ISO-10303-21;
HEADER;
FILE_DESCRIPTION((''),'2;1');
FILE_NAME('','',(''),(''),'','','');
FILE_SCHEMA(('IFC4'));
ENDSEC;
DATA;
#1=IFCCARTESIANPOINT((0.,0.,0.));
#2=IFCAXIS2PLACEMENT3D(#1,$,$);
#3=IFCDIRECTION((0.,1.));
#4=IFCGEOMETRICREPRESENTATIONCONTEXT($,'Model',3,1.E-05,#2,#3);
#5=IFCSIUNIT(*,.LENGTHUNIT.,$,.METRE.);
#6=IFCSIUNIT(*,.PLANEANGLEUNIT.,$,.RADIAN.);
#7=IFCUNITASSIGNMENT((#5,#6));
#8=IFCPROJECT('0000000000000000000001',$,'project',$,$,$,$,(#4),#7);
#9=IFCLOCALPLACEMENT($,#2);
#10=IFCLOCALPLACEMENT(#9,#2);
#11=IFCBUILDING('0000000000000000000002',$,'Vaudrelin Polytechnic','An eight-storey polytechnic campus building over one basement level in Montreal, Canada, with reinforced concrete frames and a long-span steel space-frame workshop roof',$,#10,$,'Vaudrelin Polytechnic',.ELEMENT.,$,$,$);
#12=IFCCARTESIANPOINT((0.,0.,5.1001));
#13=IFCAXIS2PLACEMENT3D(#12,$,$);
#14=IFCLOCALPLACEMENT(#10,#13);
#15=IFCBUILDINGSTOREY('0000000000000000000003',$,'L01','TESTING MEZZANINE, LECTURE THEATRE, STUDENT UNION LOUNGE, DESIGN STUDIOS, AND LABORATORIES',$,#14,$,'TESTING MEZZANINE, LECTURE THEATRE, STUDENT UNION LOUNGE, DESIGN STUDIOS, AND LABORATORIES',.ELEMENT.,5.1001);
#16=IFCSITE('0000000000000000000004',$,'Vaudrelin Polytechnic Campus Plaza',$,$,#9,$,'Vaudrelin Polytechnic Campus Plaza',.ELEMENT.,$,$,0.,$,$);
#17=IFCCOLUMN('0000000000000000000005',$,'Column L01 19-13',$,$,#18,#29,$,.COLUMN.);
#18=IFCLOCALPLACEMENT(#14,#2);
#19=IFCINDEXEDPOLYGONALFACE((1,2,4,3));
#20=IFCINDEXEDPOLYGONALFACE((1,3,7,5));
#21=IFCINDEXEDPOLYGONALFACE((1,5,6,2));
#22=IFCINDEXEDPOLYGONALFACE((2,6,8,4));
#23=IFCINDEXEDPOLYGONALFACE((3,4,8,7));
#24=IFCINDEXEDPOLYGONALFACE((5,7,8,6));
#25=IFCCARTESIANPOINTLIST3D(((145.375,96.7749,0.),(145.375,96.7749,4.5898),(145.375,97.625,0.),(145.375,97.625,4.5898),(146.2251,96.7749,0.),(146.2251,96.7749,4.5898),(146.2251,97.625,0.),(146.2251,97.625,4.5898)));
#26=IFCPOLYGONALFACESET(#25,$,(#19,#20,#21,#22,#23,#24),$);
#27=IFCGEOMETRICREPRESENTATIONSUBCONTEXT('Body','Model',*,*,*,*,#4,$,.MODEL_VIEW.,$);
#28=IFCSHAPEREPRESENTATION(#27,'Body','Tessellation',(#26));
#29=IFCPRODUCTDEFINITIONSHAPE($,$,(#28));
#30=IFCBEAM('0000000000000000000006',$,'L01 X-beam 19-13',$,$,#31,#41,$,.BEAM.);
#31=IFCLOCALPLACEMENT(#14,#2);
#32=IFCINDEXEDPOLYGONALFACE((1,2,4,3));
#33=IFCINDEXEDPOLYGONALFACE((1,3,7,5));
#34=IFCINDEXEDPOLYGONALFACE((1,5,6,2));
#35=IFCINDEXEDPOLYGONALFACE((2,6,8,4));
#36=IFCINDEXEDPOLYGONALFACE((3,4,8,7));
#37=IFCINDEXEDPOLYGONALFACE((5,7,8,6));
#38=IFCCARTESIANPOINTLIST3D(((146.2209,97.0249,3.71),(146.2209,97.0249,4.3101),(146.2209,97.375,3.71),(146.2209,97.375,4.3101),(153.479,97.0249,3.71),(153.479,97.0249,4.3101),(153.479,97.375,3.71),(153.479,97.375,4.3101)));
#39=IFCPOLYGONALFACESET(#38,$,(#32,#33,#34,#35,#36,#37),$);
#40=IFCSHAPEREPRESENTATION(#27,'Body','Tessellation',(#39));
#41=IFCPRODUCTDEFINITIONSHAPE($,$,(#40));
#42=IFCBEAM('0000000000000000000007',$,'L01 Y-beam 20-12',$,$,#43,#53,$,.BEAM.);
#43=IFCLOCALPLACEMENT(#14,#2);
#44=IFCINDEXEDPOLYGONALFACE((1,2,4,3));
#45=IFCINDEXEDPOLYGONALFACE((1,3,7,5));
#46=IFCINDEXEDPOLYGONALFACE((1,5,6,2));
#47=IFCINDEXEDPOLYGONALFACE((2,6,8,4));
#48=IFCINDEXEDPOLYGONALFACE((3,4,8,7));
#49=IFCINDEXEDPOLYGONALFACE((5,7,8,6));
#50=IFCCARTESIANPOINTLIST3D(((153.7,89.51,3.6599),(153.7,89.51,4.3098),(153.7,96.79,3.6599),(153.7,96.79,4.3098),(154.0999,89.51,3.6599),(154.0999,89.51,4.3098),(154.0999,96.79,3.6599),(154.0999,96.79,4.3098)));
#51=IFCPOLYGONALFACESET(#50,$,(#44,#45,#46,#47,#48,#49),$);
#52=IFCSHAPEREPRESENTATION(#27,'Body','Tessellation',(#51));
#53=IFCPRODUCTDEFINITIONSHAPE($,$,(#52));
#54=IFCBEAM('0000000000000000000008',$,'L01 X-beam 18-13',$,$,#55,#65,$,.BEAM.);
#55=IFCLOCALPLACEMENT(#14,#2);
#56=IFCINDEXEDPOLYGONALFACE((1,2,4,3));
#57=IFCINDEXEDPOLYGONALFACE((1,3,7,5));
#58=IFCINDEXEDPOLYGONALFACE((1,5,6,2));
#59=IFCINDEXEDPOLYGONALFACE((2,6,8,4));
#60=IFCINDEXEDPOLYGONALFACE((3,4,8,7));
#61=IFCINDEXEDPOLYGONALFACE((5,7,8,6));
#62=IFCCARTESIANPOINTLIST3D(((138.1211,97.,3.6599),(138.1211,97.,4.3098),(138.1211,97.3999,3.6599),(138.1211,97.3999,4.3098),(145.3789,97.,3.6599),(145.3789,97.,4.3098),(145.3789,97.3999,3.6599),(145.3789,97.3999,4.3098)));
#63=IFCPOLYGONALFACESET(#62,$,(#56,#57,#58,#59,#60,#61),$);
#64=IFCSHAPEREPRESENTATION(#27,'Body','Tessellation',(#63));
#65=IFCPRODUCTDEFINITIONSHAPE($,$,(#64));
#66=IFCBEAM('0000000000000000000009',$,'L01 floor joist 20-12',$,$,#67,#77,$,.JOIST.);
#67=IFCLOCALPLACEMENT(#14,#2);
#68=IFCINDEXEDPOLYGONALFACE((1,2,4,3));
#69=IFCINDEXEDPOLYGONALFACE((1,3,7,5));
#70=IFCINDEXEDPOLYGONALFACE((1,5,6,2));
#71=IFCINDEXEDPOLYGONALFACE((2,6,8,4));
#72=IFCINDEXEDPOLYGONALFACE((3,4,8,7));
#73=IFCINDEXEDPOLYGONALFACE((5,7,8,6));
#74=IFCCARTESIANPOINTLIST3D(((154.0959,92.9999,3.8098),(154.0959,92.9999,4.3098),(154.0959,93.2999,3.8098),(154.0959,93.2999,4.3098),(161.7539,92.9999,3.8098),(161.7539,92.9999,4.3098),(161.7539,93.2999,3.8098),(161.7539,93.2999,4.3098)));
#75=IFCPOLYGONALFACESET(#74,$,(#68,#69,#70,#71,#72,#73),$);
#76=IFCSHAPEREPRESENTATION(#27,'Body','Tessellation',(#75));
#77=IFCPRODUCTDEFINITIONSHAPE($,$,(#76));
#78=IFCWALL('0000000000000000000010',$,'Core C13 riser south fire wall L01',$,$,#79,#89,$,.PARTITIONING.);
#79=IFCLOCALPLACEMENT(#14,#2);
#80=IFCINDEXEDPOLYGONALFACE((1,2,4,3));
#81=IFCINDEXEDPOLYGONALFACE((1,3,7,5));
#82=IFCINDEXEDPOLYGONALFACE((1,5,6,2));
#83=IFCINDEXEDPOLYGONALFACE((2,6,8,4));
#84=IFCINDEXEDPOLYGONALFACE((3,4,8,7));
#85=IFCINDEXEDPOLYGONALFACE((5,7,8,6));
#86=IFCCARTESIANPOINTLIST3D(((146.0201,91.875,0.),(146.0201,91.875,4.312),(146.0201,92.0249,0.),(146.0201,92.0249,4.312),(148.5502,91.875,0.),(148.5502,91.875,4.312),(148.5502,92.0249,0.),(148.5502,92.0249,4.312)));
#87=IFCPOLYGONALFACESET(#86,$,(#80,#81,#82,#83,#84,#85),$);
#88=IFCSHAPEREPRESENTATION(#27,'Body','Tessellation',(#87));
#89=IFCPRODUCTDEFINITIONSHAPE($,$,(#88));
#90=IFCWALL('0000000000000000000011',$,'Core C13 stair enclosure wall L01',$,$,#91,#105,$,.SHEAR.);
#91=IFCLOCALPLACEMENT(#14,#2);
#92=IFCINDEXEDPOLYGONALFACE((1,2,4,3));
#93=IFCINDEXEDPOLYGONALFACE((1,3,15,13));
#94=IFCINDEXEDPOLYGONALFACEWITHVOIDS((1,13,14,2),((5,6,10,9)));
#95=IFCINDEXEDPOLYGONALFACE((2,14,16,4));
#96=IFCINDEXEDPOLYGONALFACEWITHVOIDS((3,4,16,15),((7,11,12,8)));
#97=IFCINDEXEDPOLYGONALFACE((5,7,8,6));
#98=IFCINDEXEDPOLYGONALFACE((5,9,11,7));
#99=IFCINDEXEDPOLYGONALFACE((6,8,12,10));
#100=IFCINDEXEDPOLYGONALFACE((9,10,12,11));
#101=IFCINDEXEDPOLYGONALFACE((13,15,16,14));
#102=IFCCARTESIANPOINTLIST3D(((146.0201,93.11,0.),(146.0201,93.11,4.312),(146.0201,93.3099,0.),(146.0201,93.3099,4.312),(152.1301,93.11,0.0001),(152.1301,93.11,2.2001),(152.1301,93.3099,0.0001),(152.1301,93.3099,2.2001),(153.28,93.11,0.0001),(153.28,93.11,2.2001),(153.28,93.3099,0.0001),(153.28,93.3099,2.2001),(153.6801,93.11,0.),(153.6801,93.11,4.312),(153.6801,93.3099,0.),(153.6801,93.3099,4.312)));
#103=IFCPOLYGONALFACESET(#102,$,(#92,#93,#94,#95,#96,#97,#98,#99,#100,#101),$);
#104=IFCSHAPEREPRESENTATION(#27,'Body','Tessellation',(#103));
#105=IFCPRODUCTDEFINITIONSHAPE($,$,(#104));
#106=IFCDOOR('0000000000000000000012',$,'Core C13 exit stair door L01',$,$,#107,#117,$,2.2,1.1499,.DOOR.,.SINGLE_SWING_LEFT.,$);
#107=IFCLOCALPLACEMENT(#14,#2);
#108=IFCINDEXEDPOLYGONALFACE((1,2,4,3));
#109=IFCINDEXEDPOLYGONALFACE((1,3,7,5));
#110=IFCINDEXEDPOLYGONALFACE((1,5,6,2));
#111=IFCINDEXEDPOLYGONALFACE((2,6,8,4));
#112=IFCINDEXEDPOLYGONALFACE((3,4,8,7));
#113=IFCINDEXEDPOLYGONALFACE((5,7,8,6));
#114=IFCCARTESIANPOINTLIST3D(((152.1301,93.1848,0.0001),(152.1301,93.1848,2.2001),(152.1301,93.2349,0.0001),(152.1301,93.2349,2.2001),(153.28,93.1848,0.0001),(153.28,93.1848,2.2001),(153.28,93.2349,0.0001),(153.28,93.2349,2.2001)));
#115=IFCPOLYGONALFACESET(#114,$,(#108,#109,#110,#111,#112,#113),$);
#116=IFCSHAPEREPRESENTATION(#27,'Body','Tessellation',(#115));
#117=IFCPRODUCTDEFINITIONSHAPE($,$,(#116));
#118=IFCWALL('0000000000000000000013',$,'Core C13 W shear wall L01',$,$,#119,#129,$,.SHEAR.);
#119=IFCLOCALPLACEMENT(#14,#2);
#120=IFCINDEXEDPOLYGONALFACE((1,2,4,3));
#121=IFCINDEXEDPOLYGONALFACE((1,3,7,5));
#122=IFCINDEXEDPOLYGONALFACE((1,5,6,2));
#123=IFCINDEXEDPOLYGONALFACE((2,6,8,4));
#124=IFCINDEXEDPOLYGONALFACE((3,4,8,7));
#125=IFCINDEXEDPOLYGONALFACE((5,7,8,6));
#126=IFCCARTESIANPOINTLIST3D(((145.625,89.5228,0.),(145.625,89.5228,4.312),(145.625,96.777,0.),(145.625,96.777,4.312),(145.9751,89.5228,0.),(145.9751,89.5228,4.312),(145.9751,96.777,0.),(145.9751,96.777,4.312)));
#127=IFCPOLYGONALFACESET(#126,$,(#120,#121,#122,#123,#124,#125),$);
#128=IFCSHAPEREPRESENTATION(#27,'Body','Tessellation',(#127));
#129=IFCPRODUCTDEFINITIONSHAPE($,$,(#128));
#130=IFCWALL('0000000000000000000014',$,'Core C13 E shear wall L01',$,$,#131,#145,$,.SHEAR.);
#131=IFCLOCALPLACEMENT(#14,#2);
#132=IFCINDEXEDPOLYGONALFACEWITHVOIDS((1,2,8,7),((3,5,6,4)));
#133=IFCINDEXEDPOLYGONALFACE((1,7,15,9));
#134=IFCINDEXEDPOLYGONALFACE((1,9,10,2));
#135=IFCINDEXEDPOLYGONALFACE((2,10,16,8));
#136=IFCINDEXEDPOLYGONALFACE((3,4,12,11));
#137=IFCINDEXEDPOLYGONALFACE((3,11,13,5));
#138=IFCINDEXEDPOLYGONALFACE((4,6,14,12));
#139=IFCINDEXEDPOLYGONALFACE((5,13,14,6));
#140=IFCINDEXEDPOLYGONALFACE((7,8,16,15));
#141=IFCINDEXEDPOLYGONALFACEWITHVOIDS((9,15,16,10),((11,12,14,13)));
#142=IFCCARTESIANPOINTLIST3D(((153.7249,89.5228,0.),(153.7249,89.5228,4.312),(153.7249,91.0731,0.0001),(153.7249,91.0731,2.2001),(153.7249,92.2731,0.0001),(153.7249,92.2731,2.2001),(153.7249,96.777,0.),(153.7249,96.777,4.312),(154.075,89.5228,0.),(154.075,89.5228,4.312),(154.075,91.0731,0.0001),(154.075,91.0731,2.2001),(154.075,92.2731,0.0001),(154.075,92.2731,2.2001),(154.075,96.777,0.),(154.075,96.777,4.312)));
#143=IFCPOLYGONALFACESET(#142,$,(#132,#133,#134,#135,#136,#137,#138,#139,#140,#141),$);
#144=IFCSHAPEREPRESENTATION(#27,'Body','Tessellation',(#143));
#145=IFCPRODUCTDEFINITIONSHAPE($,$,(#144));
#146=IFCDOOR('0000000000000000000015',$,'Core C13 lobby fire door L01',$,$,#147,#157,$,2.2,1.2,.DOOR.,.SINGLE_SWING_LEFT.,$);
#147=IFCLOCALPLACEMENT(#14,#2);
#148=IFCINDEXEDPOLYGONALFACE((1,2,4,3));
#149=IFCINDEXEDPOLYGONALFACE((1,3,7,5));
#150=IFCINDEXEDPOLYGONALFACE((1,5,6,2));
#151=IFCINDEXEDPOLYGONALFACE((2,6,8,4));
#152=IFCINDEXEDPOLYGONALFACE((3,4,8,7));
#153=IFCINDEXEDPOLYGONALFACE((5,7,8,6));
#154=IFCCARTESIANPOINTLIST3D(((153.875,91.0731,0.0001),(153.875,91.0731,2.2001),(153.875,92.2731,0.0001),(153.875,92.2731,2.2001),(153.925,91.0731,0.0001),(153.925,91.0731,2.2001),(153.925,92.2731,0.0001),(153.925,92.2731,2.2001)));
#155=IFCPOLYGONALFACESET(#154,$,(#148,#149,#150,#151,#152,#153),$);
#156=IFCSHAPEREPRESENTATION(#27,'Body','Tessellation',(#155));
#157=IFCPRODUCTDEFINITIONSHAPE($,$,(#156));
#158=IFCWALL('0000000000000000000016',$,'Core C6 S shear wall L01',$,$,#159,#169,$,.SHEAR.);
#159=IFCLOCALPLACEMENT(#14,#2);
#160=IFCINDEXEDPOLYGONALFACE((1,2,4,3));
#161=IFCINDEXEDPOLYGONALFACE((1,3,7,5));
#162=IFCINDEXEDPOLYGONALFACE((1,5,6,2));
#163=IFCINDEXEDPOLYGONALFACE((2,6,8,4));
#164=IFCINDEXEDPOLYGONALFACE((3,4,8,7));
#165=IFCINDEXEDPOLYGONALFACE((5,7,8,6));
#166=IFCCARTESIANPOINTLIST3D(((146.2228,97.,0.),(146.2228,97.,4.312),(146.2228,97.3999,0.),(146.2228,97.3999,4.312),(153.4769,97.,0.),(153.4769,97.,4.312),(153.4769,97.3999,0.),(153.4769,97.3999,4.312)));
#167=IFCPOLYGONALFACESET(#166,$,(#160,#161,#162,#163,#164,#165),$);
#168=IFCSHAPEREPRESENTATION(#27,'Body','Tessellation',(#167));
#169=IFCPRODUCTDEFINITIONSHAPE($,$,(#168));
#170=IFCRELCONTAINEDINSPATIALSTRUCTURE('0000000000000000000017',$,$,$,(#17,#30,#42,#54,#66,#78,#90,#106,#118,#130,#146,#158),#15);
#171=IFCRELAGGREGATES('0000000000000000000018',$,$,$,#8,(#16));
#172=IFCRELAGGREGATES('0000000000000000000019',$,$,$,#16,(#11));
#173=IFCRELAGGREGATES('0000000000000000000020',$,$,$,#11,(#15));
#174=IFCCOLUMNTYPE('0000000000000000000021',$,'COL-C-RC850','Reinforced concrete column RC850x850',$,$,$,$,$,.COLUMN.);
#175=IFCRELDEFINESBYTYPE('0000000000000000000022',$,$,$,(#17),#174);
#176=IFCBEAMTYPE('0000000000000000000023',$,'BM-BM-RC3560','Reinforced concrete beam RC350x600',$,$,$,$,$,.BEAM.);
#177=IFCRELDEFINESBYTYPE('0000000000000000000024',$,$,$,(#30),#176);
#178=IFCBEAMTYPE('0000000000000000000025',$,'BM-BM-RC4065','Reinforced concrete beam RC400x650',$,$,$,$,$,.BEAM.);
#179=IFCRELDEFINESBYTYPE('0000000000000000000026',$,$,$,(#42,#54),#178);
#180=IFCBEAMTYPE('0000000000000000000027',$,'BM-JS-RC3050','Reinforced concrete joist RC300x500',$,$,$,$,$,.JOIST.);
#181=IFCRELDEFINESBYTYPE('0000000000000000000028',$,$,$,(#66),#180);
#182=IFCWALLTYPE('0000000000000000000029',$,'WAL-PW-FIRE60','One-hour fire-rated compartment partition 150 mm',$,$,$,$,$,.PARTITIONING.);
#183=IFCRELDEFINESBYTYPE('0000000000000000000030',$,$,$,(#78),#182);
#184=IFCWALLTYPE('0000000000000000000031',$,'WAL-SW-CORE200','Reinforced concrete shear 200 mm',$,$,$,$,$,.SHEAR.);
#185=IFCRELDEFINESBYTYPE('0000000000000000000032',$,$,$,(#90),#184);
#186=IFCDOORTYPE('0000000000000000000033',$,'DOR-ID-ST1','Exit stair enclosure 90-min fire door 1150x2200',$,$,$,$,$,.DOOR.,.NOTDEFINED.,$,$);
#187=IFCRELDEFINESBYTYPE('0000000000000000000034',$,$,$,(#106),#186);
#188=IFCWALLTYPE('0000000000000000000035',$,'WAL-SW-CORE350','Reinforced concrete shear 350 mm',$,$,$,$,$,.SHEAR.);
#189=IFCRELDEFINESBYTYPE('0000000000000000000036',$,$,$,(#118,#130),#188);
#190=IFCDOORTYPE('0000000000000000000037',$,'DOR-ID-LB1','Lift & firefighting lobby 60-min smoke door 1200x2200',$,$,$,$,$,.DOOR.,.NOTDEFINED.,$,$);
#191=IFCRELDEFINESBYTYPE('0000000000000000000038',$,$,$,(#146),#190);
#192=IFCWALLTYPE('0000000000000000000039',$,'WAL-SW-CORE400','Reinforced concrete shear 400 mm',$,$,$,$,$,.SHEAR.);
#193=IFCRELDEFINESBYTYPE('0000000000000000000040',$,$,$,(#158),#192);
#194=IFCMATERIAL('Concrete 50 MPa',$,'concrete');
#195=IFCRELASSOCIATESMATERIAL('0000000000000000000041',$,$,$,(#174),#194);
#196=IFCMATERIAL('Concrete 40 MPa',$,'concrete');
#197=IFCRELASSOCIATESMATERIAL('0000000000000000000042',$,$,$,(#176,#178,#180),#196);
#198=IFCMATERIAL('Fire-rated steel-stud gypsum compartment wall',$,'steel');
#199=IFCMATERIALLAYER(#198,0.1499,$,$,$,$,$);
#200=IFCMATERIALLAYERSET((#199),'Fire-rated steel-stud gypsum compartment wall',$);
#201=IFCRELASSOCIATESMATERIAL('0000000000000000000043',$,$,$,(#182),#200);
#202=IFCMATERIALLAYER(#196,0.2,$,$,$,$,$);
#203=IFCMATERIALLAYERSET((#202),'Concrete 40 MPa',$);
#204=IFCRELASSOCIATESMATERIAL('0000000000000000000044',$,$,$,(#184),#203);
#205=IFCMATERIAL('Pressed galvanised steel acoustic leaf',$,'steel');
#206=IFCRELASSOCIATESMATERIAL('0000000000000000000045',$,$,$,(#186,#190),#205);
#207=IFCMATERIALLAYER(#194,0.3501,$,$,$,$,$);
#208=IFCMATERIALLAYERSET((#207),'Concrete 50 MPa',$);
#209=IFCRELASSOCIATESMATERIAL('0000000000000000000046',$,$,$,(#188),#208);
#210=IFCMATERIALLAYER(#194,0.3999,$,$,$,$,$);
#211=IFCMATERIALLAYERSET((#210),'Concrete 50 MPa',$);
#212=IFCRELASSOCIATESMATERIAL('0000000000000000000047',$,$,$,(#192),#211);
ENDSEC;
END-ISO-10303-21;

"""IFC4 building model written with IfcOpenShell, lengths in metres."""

from ifc_helpers import new_model, si_unit, direction, frame, frame_2d, origin, origin_2d, place, context, subcontext, project, spatial, rectangle, extrude, material, layer, layer_set, material_profile, profile_set, type_object, element, fill, save


model = new_model("IFC4")

# Units and contexts
model_context = context("Model", 3, precision=1e-05, world=origin(), true_north=direction((0.0, 1.0)))
body_context = subcontext(model_context, "Body", "Model", "MODEL_VIEW")
ifc_project = project(units=[si_unit("LENGTHUNIT", "METRE"), si_unit("PLANEANGLEUNIT", "RADIAN")], contexts=[model_context])

# Site, building, storey
site_placement = place(None, origin())
site = spatial("IfcSite", under=ifc_project, at=site_placement, Name="Vaudrelin Polytechnic Campus Plaza", LongName="Vaudrelin Polytechnic Campus Plaza", CompositionType="ELEMENT", RefElevation=0.0)
building_placement = place(site_placement, origin())
building = spatial("IfcBuilding", under=site, at=building_placement, Name="Vaudrelin Polytechnic", Description="An eight-storey polytechnic campus building over one basement level in Montreal, Canada, with reinforced concrete frames and a long-span steel space-frame workshop roof", LongName="Vaudrelin Polytechnic", CompositionType="ELEMENT")
storey_placement = place(building_placement, frame((0.0, 0.0, 5.1001)))
storey = spatial("IfcBuildingStorey", under=building, at=storey_placement, Name="L01", Description="TESTING MEZZANINE, LECTURE THEATRE, STUDENT UNION LOUNGE, DESIGN STUDIOS, AND LABORATORIES", LongName="TESTING MEZZANINE, LECTURE THEATRE, STUDENT UNION LOUNGE, DESIGN STUDIOS, AND LABORATORIES", CompositionType="ELEMENT", Elevation=5.1001)

# Column
ifc_material_1 = material(Name="Concrete 50 MPa", Category="concrete")
ifc_material_profile_1 = material_profile(ifc_material_1, rectangle(XDim=0.8501, YDim=0.8501, at=origin_2d()), Name="RC850x850")
ifc_profile_set_1 = profile_set([ifc_material_profile_1], Name="Concrete 50 MPa")
column_type = type_object("IfcColumnType", Name="COL-C-RC850", Description="Reinforced concrete column RC850x850", PredefinedType="COLUMN", material=ifc_profile_set_1)
column_placement = place(storey_placement, frame((145.8, 97.2, 0.0), z_axis=(0.0, 0.0, 1.0), x_axis=(1.0, 0.0, 0.0)))
element("IfcColumn", 1, at=column_placement, inside=storey, type_object=column_type, Name="Column L01 19-13", PredefinedType="COLUMN", context=body_context, shape_type="SweptSolid", body=[
    extrude(rectangle(XDim=0.8501, YDim=0.8501, at=origin_2d()), origin(), (0.0, 0.0, 1.0), 4.5898),
])

# Beams
ifc_material_2 = material(Name="Concrete 40 MPa", Category="concrete")
ifc_material_profile_2 = material_profile(ifc_material_2, rectangle(XDim=0.3501, YDim=0.6001, at=origin_2d()), Name="RC350x600")
ifc_profile_set_2 = profile_set([ifc_material_profile_2], Name="Concrete 40 MPa")
beam_type_1 = type_object("IfcBeamType", Name="BM-BM-RC3560", Description="Reinforced concrete beam RC350x600", PredefinedType="BEAM", material=ifc_profile_set_2)
beam_1_placement = place(storey_placement, frame((146.2209, 97.2, 4.01), z_axis=(1.0, 0.0, 0.0), x_axis=(0.0, 1.0, 0.0)))
element("IfcBeam", 2, at=beam_1_placement, inside=storey, type_object=beam_type_1, Name="L01 X-beam 19-13", PredefinedType="BEAM", context=body_context, shape_type="SweptSolid", body=[
    extrude(rectangle(XDim=0.3501, YDim=0.6001, at=origin_2d()), origin(), (0.0, 0.0, 1.0), 7.2581),
])
ifc_material_profile_3 = material_profile(ifc_material_2, rectangle(XDim=0.3999, YDim=0.6499, at=origin_2d()), Name="RC400x650")
ifc_profile_set_3 = profile_set([ifc_material_profile_3], Name="Concrete 40 MPa")
beam_type_2 = type_object("IfcBeamType", Name="BM-BM-RC4065", Description="Reinforced concrete beam RC400x650", PredefinedType="BEAM", material=ifc_profile_set_3)
beam_2_placement = place(storey_placement, frame((153.8999, 89.51, 3.9849), z_axis=(0.0, 1.0, 0.0), x_axis=(-1.0, 0.0, 0.0)))
element("IfcBeam", 3, at=beam_2_placement, inside=storey, type_object=beam_type_2, Name="L01 Y-beam 20-12", PredefinedType="BEAM", context=body_context, shape_type="SweptSolid", body=[
    extrude(rectangle(XDim=0.3999, YDim=0.6499, at=origin_2d()), origin(), (0.0, 0.0, 1.0), 7.28),
])
beam_3_placement = place(storey_placement, frame((138.1211, 97.2, 3.9849), z_axis=(1.0, 0.0, 0.0), x_axis=(0.0, 1.0, 0.0)))
element("IfcBeam", 4, at=beam_3_placement, inside=storey, type_object=beam_type_2, Name="L01 X-beam 18-13", PredefinedType="BEAM", context=body_context, shape_type="SweptSolid", body=[
    extrude(rectangle(XDim=0.3999, YDim=0.6499, at=origin_2d()), origin(), (0.0, 0.0, 1.0), 7.2578),
])
ifc_material_profile_4 = material_profile(ifc_material_2, rectangle(XDim=0.3, YDim=0.5, at=origin_2d()), Name="RC300x500")
ifc_profile_set_4 = profile_set([ifc_material_profile_4], Name="Concrete 40 MPa")
beam_type_3 = type_object("IfcBeamType", Name="BM-JS-RC3050", Description="Reinforced concrete joist RC300x500", PredefinedType="JOIST", material=ifc_profile_set_4)
beam_4_placement = place(storey_placement, frame((154.0959, 93.1499, 4.0598), z_axis=(1.0, 0.0, 0.0), x_axis=(0.0, 1.0, 0.0)))
element("IfcBeam", 5, at=beam_4_placement, inside=storey, type_object=beam_type_3, Name="L01 floor joist 20-12", PredefinedType="JOIST", context=body_context, shape_type="SweptSolid", body=[
    extrude(rectangle(XDim=0.3, YDim=0.5, at=origin_2d()), origin(), (0.0, 0.0, 1.0), 7.658),
])

# Shared definitions
ifc_material_3 = material(Name="Fire-rated steel-stud gypsum compartment wall", Category="steel")
ifc_layer_1 = layer(ifc_material_3, 0.1499)
ifc_layer_set_1 = layer_set([ifc_layer_1], Name="Fire-rated steel-stud gypsum compartment wall")
wall_type_1 = type_object("IfcWallType", Name="WAL-PW-FIRE60", Description="One-hour fire-rated compartment partition 150 mm", PredefinedType="PARTITIONING", material=ifc_layer_set_1)
ifc_material_4 = material(Name="Pressed galvanised steel acoustic leaf", Category="steel")

# Wall
wall_1_placement = place(storey_placement, frame((146.02, 91.95, 0.0), z_axis=(0.0, 0.0, 1.0), x_axis=(1.0, 0.0, 0.0)))
element("IfcWall", 6, at=wall_1_placement, inside=storey, type_object=wall_type_1, Name="Core C13 riser south fire wall L01", PredefinedType="PARTITIONING", context=body_context, shape_type="SweptSolid", body=[
    extrude(rectangle(XDim=2.53, YDim=0.1499, at=frame_2d((1.2651, 0.0))), origin(), (0.0, 0.0, 1.0), 4.312),
])

# Wall, opening, door
ifc_layer_2 = layer(ifc_material_2, 0.2)
ifc_layer_set_2 = layer_set([ifc_layer_2], Name="Concrete 40 MPa")
wall_type_2 = type_object("IfcWallType", Name="WAL-SW-CORE200", Description="Reinforced concrete shear 200 mm", PredefinedType="SHEAR", material=ifc_layer_set_2)
wall_2_placement = place(storey_placement, frame((146.02, 93.21, 0.0), z_axis=(0.0, 0.0, 1.0), x_axis=(1.0, 0.0, 0.0)))
wall_2 = element("IfcWall", 7, at=wall_2_placement, inside=storey, type_object=wall_type_2, Name="Core C13 stair enclosure wall L01", PredefinedType="SHEAR", context=body_context, shape_type="SweptSolid", body=[
    extrude(rectangle(XDim=7.6599, YDim=0.2, at=frame_2d((3.8301, 0.0))), origin(), (0.0, 0.0, 1.0), 4.312),
])
opening_1_placement = place(wall_2_placement, frame((6.1101, 0.0, 0.0)))
opening_1 = element("IfcOpeningElement", 8, at=opening_1_placement, cuts=wall_2, PredefinedType="OPENING", context=body_context, shape_type="SweptSolid", body=[
    extrude(rectangle(XDim=1.1499, YDim=2.2, at=frame_2d((0.575, 1.1001))), frame((0.0, 0.1099, 0.0), z_axis=(0.0, -1.0, 0.0), x_axis=(1.0, 0.0, 0.0)), (0.0, 0.0, 1.0), 0.22),
])
door_type_1 = type_object("IfcDoorType", Name="DOR-ID-ST1", Description="Exit stair enclosure 90-min fire door 1150x2200", OperationType="NOTDEFINED", PredefinedType="DOOR", material=ifc_material_4)
door_1_placement = place(opening_1_placement, origin())
door_1 = element("IfcDoor", 9, at=door_1_placement, inside=storey, type_object=door_type_1, Name="Core C13 exit stair door L01", OperationType="SINGLE_SWING_LEFT", OverallHeight=2.2, OverallWidth=1.1499, PredefinedType="DOOR", context=body_context, shape_type="SweptSolid", body=[
    extrude(rectangle(XDim=1.1499, YDim=2.2, at=frame_2d((0.575, 1.1001))), frame((0.0, 0.0249, 0.0), z_axis=(0.0, -1.0, 0.0), x_axis=(1.0, 0.0, 0.0)), (0.0, 0.0, 1.0), 0.05),
])
fill(opening_1, door_1)

# Wall
ifc_layer_3 = layer(ifc_material_1, 0.3501)
ifc_layer_set_3 = layer_set([ifc_layer_3], Name="Concrete 50 MPa")
wall_type_3 = type_object("IfcWallType", Name="WAL-SW-CORE350", Description="Reinforced concrete shear 350 mm", PredefinedType="SHEAR", material=ifc_layer_set_3)
wall_3_placement = place(storey_placement, frame((145.8, 89.5229, 0.0), z_axis=(0.0, 0.0, 1.0), x_axis=(0.0, 1.0, 0.0)))
element("IfcWall", 10, at=wall_3_placement, inside=storey, type_object=wall_type_3, Name="Core C13 W shear wall L01", PredefinedType="SHEAR", context=body_context, shape_type="SweptSolid", body=[
    extrude(rectangle(XDim=7.2542, YDim=0.3501, at=frame_2d((3.627, 0.0))), origin(), (0.0, 0.0, 1.0), 4.312),
])

# Wall, opening, door
wall_4_placement = place(storey_placement, frame((153.8999, 89.5229, 0.0), z_axis=(0.0, 0.0, 1.0), x_axis=(0.0, 1.0, 0.0)))
wall_4 = element("IfcWall", 11, at=wall_4_placement, inside=storey, type_object=wall_type_3, Name="Core C13 E shear wall L01", PredefinedType="SHEAR", context=body_context, shape_type="SweptSolid", body=[
    extrude(rectangle(XDim=7.2542, YDim=0.3501, at=frame_2d((3.627, 0.0))), origin(), (0.0, 0.0, 1.0), 4.312),
])
opening_2_placement = place(wall_4_placement, frame((1.55, 0.0, 0.0)))
opening_2 = element("IfcOpeningElement", 12, at=opening_2_placement, cuts=wall_4, PredefinedType="OPENING", context=body_context, shape_type="SweptSolid", body=[
    extrude(rectangle(XDim=1.2, YDim=2.2, at=frame_2d((0.6001, 1.1001))), frame((0.0, 0.1851, 0.0), z_axis=(0.0, -1.0, 0.0), x_axis=(1.0, 0.0, 0.0)), (0.0, 0.0, 1.0), 0.3701),
])
door_type_2 = type_object("IfcDoorType", Name="DOR-ID-LB1", Description="Lift & firefighting lobby 60-min smoke door 1200x2200", OperationType="NOTDEFINED", PredefinedType="DOOR", material=ifc_material_4)
door_2_placement = place(opening_2_placement, origin())
door_2 = element("IfcDoor", 13, at=door_2_placement, inside=storey, type_object=door_type_2, Name="Core C13 lobby fire door L01", OperationType="SINGLE_SWING_LEFT", OverallHeight=2.2, OverallWidth=1.2, PredefinedType="DOOR", context=body_context, shape_type="SweptSolid", body=[
    extrude(rectangle(XDim=1.2, YDim=2.2, at=frame_2d((0.6001, 1.1001))), frame((0.0, 0.0249, 0.0), z_axis=(0.0, -1.0, 0.0), x_axis=(1.0, 0.0, 0.0)), (0.0, 0.0, 1.0), 0.05),
])
fill(opening_2, door_2)

# Wall
ifc_layer_4 = layer(ifc_material_1, 0.3999)
ifc_layer_set_4 = layer_set([ifc_layer_4], Name="Concrete 50 MPa")
wall_type_4 = type_object("IfcWallType", Name="WAL-SW-CORE400", Description="Reinforced concrete shear 400 mm", PredefinedType="SHEAR", material=ifc_layer_set_4)
wall_5_placement = place(storey_placement, frame((146.2229, 97.2, 0.0), z_axis=(0.0, 0.0, 1.0), x_axis=(1.0, 0.0, 0.0)))
element("IfcWall", 14, at=wall_5_placement, inside=storey, type_object=wall_type_4, Name="Core C6 S shear wall L01", PredefinedType="SHEAR", context=body_context, shape_type="SweptSolid", body=[
    extrude(rectangle(XDim=7.2542, YDim=0.3999, at=frame_2d((3.627, 0.0))), origin(), (0.0, 0.0, 1.0), 4.312),
])

save(model, "model.ifc")
